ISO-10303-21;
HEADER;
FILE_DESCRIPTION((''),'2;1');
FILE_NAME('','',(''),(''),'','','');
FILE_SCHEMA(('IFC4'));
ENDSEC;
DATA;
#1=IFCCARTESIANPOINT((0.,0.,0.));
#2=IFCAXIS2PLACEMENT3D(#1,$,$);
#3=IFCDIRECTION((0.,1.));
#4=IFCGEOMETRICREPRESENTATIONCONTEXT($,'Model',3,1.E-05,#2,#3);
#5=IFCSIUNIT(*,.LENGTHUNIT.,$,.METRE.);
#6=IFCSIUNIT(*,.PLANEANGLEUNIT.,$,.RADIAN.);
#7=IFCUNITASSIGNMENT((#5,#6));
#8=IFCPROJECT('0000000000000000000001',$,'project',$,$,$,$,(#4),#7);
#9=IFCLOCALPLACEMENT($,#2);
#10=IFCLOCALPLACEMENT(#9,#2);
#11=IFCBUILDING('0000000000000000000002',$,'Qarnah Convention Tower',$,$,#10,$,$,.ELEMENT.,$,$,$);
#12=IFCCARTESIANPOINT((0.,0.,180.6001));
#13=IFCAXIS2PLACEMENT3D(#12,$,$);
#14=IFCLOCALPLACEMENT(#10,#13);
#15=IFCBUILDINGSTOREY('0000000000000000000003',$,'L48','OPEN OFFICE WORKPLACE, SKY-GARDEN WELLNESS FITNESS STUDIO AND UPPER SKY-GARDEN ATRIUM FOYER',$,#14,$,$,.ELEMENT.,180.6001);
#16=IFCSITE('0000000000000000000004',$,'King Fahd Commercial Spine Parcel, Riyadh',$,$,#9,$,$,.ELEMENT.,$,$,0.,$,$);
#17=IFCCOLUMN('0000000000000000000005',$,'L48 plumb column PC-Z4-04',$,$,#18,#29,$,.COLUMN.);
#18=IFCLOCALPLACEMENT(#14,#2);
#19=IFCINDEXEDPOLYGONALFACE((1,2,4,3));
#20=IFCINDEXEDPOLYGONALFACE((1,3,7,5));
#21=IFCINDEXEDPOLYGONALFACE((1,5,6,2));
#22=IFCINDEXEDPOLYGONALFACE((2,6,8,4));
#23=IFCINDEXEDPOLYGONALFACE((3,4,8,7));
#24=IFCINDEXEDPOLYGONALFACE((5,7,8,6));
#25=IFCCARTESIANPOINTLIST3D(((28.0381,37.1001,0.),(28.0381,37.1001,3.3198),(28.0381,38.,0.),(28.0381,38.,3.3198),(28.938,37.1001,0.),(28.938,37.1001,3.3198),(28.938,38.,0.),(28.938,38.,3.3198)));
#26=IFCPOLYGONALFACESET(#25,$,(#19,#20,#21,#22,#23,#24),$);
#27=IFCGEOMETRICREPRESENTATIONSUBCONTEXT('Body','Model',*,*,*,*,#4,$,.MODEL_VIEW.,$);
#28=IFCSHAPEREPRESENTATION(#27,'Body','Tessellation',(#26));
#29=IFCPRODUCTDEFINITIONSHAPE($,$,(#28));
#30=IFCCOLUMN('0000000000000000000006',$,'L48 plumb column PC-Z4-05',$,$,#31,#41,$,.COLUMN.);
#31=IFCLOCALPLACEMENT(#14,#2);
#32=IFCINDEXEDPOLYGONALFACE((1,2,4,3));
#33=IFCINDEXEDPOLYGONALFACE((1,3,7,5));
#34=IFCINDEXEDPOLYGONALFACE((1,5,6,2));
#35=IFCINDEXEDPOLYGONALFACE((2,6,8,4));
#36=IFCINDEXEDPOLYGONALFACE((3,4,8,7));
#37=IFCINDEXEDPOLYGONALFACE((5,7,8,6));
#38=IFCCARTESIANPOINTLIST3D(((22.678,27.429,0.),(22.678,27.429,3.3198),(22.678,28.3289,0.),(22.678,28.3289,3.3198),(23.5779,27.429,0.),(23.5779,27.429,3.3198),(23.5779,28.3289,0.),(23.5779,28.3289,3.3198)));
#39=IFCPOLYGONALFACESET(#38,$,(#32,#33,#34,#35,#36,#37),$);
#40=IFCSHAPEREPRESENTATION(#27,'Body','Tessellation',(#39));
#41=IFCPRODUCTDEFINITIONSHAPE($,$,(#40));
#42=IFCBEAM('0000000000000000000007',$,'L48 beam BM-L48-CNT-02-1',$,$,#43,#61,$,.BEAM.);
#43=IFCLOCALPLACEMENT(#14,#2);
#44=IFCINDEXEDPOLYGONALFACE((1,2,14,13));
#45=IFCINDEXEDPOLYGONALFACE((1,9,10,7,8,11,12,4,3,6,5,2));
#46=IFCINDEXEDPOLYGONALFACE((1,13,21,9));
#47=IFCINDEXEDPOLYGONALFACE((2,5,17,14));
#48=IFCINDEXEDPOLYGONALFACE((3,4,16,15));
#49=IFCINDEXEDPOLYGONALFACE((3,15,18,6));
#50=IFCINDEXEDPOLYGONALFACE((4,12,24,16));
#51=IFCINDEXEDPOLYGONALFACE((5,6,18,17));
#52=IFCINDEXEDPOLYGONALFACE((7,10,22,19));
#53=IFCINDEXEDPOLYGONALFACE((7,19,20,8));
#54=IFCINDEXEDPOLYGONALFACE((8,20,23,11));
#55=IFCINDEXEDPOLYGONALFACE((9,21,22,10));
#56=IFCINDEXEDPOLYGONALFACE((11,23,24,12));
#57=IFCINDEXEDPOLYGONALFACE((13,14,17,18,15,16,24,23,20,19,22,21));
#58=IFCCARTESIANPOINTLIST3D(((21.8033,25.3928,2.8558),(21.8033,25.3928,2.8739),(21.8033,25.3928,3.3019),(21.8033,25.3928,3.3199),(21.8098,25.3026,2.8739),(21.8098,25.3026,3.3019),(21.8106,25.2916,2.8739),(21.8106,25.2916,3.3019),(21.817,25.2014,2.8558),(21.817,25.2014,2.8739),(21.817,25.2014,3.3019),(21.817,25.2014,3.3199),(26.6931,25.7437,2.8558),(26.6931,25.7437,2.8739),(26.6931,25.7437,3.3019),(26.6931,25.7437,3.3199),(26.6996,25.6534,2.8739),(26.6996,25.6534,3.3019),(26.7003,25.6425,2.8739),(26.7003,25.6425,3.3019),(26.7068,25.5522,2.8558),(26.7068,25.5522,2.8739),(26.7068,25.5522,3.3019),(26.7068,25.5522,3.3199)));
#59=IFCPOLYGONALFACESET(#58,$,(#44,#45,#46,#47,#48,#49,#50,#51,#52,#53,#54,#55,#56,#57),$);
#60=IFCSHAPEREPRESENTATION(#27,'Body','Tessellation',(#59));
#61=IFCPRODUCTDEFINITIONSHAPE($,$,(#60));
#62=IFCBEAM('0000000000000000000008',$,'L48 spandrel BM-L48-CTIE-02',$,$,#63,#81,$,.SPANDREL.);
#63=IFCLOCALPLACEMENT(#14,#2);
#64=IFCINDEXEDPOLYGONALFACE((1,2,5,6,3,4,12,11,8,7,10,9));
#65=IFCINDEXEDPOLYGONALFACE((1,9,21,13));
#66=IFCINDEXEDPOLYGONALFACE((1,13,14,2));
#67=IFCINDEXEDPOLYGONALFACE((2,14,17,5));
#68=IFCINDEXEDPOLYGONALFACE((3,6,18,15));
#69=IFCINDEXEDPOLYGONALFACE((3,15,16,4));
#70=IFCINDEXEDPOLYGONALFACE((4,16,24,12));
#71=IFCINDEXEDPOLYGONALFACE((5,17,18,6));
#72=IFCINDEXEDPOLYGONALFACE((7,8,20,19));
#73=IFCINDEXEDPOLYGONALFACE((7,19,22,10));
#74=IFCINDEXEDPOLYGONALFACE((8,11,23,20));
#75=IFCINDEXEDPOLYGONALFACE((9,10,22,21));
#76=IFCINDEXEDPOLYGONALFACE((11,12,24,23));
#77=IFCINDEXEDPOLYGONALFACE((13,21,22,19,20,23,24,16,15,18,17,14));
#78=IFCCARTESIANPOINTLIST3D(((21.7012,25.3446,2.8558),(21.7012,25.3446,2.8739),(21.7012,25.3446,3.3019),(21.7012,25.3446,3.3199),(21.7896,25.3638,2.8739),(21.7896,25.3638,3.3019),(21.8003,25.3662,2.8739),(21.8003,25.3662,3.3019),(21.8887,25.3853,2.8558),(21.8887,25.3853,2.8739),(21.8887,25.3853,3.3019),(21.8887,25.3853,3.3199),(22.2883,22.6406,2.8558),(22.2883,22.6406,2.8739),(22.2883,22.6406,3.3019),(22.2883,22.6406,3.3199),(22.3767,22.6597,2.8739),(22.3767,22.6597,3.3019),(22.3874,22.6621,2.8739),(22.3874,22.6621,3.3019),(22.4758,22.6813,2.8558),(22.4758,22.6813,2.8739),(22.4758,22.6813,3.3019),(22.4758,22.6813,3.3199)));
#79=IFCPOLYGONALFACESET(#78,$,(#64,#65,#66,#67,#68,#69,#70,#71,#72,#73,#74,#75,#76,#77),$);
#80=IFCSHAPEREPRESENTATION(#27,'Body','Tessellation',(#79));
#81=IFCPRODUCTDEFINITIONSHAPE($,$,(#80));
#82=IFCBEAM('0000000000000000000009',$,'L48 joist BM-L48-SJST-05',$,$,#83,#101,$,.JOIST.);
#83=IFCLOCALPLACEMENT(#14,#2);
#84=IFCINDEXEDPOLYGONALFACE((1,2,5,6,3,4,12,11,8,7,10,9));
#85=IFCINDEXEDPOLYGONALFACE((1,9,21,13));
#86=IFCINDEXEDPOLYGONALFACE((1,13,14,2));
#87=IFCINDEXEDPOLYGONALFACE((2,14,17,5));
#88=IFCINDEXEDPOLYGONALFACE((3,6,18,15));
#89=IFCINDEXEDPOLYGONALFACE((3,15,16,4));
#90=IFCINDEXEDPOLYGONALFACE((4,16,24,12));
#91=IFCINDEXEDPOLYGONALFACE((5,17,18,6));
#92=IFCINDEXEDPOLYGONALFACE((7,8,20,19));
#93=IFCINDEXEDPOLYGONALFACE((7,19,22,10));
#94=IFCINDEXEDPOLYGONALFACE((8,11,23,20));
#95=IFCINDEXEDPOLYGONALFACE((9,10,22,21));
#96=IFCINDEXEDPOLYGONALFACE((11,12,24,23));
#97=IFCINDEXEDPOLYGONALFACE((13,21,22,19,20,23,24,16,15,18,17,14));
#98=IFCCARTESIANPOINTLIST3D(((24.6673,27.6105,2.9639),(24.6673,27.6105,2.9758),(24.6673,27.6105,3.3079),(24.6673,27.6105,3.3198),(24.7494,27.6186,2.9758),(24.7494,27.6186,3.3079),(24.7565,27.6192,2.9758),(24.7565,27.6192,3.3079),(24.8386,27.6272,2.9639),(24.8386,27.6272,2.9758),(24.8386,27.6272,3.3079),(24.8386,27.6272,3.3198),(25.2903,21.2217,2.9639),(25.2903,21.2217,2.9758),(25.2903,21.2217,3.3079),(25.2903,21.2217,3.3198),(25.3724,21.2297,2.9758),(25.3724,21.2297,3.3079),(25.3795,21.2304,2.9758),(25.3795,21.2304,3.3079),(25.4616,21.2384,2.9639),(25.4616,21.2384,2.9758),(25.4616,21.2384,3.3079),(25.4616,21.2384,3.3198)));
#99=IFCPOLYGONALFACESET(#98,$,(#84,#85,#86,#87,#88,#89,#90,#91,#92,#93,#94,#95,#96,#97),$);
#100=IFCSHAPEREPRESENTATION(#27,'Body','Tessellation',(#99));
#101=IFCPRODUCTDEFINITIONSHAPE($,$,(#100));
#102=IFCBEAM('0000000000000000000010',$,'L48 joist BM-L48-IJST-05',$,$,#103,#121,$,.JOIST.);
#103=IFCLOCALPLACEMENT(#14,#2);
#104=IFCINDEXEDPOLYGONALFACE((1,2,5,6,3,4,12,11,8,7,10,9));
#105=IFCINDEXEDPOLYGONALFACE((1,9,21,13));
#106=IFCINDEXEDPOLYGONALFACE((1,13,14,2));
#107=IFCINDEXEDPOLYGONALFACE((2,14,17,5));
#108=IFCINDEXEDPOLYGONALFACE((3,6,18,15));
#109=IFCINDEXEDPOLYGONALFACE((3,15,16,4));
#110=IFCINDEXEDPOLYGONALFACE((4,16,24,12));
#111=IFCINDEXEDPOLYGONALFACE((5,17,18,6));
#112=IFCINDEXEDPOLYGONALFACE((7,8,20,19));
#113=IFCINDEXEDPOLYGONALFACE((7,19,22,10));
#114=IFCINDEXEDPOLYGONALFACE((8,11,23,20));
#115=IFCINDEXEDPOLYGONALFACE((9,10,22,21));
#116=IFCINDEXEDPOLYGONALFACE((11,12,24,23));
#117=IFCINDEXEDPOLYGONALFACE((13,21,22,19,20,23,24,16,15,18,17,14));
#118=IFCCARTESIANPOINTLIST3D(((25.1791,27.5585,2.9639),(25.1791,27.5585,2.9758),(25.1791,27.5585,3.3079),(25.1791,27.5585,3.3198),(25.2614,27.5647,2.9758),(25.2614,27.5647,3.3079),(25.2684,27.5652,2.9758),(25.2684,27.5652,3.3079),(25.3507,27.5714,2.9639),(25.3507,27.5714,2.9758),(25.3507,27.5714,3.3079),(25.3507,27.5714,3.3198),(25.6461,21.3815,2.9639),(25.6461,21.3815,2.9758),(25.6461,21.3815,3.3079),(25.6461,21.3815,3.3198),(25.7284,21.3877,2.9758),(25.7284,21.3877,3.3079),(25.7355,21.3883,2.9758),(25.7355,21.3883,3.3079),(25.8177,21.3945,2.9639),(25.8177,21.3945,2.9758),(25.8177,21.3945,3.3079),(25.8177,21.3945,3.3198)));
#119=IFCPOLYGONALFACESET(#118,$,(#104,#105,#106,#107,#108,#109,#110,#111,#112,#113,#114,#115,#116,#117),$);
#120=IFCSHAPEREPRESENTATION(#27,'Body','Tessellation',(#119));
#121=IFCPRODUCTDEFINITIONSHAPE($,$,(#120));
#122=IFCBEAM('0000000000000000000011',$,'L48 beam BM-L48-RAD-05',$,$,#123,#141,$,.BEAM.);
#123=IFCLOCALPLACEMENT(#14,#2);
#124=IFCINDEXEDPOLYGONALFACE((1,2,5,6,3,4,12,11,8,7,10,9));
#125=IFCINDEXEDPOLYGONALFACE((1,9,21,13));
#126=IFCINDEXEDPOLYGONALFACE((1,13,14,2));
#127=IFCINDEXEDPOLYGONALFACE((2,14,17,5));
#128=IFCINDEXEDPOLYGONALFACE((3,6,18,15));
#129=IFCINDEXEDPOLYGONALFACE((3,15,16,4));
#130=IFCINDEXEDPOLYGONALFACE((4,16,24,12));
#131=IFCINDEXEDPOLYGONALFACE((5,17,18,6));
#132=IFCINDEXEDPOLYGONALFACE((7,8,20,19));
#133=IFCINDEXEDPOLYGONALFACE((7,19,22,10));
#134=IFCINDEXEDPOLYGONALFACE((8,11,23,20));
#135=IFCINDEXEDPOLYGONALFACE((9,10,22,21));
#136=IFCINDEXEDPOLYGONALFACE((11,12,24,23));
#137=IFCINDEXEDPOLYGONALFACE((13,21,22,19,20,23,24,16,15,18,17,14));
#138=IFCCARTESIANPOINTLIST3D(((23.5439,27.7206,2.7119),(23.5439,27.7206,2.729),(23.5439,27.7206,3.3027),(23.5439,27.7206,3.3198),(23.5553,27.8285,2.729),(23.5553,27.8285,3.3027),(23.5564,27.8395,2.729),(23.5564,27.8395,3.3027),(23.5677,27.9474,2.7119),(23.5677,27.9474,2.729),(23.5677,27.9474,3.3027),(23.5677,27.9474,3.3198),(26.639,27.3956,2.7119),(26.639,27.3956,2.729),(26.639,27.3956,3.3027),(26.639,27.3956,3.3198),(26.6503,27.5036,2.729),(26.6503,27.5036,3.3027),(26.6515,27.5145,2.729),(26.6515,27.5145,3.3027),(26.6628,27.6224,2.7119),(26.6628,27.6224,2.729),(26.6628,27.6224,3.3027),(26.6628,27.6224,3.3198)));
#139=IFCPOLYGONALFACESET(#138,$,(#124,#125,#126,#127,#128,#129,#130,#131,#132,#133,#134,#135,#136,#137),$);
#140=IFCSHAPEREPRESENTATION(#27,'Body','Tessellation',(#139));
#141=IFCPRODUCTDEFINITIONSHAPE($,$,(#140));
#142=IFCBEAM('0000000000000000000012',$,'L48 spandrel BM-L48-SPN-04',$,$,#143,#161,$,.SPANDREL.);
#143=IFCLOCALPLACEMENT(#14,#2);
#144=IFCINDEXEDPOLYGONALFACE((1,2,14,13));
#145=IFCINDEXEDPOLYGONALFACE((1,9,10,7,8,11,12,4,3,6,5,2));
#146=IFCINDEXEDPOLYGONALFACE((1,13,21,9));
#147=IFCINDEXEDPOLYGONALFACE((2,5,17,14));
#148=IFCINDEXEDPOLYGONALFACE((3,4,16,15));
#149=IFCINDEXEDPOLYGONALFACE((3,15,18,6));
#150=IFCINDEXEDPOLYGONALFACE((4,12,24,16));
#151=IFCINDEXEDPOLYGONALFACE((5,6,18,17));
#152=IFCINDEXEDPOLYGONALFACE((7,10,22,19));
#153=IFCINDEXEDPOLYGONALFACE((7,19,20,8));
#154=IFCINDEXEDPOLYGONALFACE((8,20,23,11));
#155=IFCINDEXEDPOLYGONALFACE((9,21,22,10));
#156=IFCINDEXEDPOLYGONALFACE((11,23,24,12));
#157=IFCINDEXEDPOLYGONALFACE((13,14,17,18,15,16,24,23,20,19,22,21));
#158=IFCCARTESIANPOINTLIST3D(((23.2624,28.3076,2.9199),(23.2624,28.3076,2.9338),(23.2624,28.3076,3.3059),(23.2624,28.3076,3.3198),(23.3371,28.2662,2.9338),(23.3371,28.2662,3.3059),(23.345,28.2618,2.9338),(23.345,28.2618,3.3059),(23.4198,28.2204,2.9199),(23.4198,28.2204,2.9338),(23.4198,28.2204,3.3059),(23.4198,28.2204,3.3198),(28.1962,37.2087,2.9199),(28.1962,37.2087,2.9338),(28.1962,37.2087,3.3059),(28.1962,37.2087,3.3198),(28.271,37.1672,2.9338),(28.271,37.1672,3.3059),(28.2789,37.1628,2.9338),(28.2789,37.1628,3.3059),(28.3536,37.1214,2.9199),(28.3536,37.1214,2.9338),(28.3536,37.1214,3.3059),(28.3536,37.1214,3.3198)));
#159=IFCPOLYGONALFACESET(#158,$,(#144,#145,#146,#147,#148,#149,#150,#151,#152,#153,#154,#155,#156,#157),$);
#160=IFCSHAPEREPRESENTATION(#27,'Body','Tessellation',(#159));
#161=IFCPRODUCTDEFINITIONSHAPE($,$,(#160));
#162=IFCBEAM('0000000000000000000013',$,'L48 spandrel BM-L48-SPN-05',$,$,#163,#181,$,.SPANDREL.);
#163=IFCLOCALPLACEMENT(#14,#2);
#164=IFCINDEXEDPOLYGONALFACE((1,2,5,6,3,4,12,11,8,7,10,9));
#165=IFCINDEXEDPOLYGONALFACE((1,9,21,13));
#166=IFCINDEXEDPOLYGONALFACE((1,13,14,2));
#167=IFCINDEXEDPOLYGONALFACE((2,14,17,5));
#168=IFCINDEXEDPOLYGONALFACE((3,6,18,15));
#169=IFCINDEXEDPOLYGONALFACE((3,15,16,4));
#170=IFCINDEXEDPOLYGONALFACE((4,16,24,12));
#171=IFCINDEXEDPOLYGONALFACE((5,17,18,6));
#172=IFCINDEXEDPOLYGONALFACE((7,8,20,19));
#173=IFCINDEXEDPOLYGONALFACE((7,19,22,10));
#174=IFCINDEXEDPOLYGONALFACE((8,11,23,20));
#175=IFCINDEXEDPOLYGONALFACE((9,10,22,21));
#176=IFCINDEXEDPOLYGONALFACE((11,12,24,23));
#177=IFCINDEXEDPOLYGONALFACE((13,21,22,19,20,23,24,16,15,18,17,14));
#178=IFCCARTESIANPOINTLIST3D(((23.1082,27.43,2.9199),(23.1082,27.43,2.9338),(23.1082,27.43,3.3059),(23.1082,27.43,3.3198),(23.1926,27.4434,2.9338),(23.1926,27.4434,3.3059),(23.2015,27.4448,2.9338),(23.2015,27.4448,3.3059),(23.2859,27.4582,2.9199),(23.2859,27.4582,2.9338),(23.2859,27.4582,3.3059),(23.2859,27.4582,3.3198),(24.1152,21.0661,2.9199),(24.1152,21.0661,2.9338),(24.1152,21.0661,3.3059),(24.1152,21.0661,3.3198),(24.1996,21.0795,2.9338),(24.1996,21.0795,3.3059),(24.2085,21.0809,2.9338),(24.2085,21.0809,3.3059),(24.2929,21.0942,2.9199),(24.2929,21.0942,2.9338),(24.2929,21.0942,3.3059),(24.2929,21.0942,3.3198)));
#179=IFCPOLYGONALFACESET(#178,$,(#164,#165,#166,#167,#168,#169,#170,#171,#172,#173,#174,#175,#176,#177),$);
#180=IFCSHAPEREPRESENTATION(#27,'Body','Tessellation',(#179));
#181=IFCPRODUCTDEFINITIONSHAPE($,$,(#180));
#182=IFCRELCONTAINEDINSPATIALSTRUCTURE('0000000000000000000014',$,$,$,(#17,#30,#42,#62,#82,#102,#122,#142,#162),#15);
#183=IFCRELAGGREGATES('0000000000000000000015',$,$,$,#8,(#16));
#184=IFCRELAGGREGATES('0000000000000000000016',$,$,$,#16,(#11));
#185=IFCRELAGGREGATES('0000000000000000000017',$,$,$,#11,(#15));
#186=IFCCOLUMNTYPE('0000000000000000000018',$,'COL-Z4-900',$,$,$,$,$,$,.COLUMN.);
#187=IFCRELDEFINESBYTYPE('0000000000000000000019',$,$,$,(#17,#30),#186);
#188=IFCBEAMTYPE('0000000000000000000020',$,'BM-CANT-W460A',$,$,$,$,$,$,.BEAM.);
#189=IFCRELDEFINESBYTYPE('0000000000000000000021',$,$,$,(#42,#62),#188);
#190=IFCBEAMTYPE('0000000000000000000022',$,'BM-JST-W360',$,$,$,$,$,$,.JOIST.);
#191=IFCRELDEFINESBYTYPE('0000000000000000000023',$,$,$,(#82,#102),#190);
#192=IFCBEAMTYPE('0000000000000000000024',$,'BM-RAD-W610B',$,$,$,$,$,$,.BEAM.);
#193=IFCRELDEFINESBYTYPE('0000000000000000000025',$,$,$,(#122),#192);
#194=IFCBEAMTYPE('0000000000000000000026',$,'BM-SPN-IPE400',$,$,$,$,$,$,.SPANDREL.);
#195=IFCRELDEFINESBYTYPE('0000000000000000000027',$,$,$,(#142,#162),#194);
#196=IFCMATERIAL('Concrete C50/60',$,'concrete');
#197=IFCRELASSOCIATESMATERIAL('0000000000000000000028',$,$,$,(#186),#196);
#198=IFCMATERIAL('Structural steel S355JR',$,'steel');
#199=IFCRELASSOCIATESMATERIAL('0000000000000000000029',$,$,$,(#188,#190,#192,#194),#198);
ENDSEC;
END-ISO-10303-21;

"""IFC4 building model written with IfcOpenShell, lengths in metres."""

from ifc_helpers import new_model, si_unit, direction, frame, origin, origin_2d, place, context, subcontext, project, spatial, rectangle, i_section, extrude, material, material_profile, profile_set, type_object, element, save


model = new_model("IFC4")

# Units and contexts
model_context = context("Model", 3, precision=1e-05, world=origin(), true_north=direction((0.0, 1.0)))
body_context = subcontext(model_context, "Body", "Model", "MODEL_VIEW")
ifc_project = project(units=[si_unit("LENGTHUNIT", "METRE"), si_unit("PLANEANGLEUNIT", "RADIAN")], contexts=[model_context])

# Site, building, storey
site_placement = place(None, origin())
site = spatial("IfcSite", under=ifc_project, at=site_placement, Name="King Fahd Commercial Spine Parcel, Riyadh", CompositionType="ELEMENT", RefElevation=0.0)
building_placement = place(site_placement, origin())
building = spatial("IfcBuilding", under=site, at=building_placement, Name="Qarnah Convention Tower", CompositionType="ELEMENT")
storey_placement = place(building_placement, frame((0.0, 0.0, 180.6001)))
storey = spatial("IfcBuildingStorey", under=building, at=storey_placement, Name="L48", Description="OPEN OFFICE WORKPLACE, SKY-GARDEN WELLNESS FITNESS STUDIO AND UPPER SKY-GARDEN ATRIUM FOYER", CompositionType="ELEMENT", Elevation=180.6001)

# Columns
ifc_material_1 = material(Name="Concrete C50/60", Category="concrete")
ifc_material_profile_1 = material_profile(ifc_material_1, rectangle(XDim=0.8999, YDim=0.8999, at=origin_2d()), Name="RC-COL-900X900")
ifc_profile_set_1 = profile_set([ifc_material_profile_1], Name="Concrete C50/60")
column_type = type_object("IfcColumnType", Name="COL-Z4-900", PredefinedType="COLUMN", material=ifc_profile_set_1)
for number, where, z_axis, x_axis, name in (
    (1, (28.488, 37.55, 0.0), (0.0, 0.0, 1.0), (1.0, 0.0, 0.0), "L48 plumb column PC-Z4-04"),
    (2, (23.1279, 27.8789, 0.0), (0.0, 0.0, 1.0), (1.0, 0.0, 0.0), "L48 plumb column PC-Z4-05"),
):
    element("IfcColumn", number, at=place(storey_placement, frame(where, z_axis=z_axis, x_axis=x_axis)), inside=storey, type_object=column_type, Name=name, PredefinedType="COLUMN", context=body_context, shape_type="SweptSolid", body=[
        extrude(rectangle(XDim=0.8999, YDim=0.8999, at=origin_2d()), origin(), (0.0, 0.0, 1.0), 3.3198),
    ])

# Beams
ifc_material_2 = material(Name="Structural steel S355JR", Category="steel")
ifc_material_profile_2 = material_profile(ifc_material_2, i_section(OverallWidth=0.1919, OverallDepth=0.4641, WebThickness=0.011, FlangeThickness=0.0181, at=origin_2d()), Name="W460X89")
ifc_profile_set_2 = profile_set([ifc_material_profile_2], Name="Structural steel S355JR")
beam_type_1 = type_object("IfcBeamType", Name="BM-CANT-W460A", PredefinedType="BEAM", material=ifc_profile_set_2)
beam_1_placement = place(storey_placement, frame((26.7, 25.6479, 3.0879), z_axis=(-0.997436, -0.071562, 0.0), x_axis=(0.071562, -0.997436, 0.0)))
element("IfcBeam", 3, at=beam_1_placement, inside=storey, type_object=beam_type_1, Name="L48 beam BM-L48-CNT-02-1", PredefinedType="BEAM", context=body_context, shape_type="SweptSolid", body=[
    extrude(i_section(OverallWidth=0.1919, OverallDepth=0.4641, WebThickness=0.011, FlangeThickness=0.0181, at=origin_2d()), origin(), (0.0, 0.0, 1.0), 4.9023),
])
beam_2_placement = place(storey_placement, frame((21.7949, 25.365, 3.0879), z_axis=(0.212192, -0.977228, 0.0), x_axis=(0.977228, 0.212192, 0.0)))
element("IfcBeam", 4, at=beam_2_placement, inside=storey, type_object=beam_type_1, Name="L48 spandrel BM-L48-CTIE-02", PredefinedType="SPANDREL", context=body_context, shape_type="SweptSolid", body=[
    extrude(i_section(OverallWidth=0.1919, OverallDepth=0.4641, WebThickness=0.011, FlangeThickness=0.0181, at=origin_2d()), origin(), (0.0, 0.0, 1.0), 2.7671),
])
ifc_material_profile_3 = material_profile(ifc_material_2, i_section(OverallWidth=0.1721, OverallDepth=0.356, WebThickness=0.0071, FlangeThickness=0.012, at=origin_2d()), Name="W360X51")
ifc_profile_set_3 = profile_set([ifc_material_profile_3], Name="Structural steel S355JR")
beam_type_2 = type_object("IfcBeamType", Name="BM-JST-W360", PredefinedType="JOIST", material=ifc_profile_set_3)
beam_3_placement = place(storey_placement, frame((24.7529, 27.6189, 3.1418), z_axis=(0.09706, -0.995279, 0.0), x_axis=(0.995279, 0.09706, 0.0)))
element("IfcBeam", 5, at=beam_3_placement, inside=storey, type_object=beam_type_2, Name="L48 joist BM-L48-SJST-05", PredefinedType="JOIST", context=body_context, shape_type="SweptSolid", body=[
    extrude(i_section(OverallWidth=0.1721, OverallDepth=0.356, WebThickness=0.0071, FlangeThickness=0.012, at=origin_2d()), origin(), (0.0, 0.0, 1.0), 6.4192),
])
beam_4_placement = place(storey_placement, frame((25.2649, 27.5649, 3.1418), z_axis=(0.075394, -0.997154, 0.0), x_axis=(0.997154, 0.075394, 0.0)))
element("IfcBeam", 6, at=beam_4_placement, inside=storey, type_object=beam_type_2, Name="L48 joist BM-L48-IJST-05", PredefinedType="JOIST", context=body_context, shape_type="SweptSolid", body=[
    extrude(i_section(OverallWidth=0.1721, OverallDepth=0.356, WebThickness=0.0071, FlangeThickness=0.012, at=origin_2d()), origin(), (0.0, 0.0, 1.0), 6.1946),
])
ifc_material_profile_4 = material_profile(ifc_material_2, i_section(OverallWidth=0.228, OverallDepth=0.6079, WebThickness=0.011, FlangeThickness=0.0171, at=origin_2d()), Name="W610X113")
ifc_profile_set_4 = profile_set([ifc_material_profile_4], Name="Structural steel S355JR")
beam_type_3 = type_object("IfcBeamType", Name="BM-RAD-W610B", PredefinedType="BEAM", material=ifc_profile_set_4)
beam_5_placement = place(storey_placement, frame((26.6509, 27.509, 3.0159), z_axis=(-0.994533, 0.104419, 0.0), x_axis=(-0.104419, -0.994533, 0.0)))
element("IfcBeam", 7, at=beam_5_placement, inside=storey, type_object=beam_type_3, Name="L48 beam BM-L48-RAD-05", PredefinedType="BEAM", context=body_context, shape_type="SweptSolid", body=[
    extrude(i_section(OverallWidth=0.228, OverallDepth=0.6079, WebThickness=0.011, FlangeThickness=0.0171, at=origin_2d()), origin(), (0.0, 0.0, 1.0), 3.1121),
])
ifc_material_profile_5 = material_profile(ifc_material_2, i_section(OverallWidth=0.1799, OverallDepth=0.3999, WebThickness=0.009, FlangeThickness=0.0139, at=origin_2d()), Name="IPE400")
ifc_profile_set_5 = profile_set([ifc_material_profile_5], Name="Structural steel S355JR")
beam_type_4 = type_object("IfcBeamType", Name="BM-SPN-IPE400", PredefinedType="SPANDREL", material=ifc_profile_set_5)
beam_6_placement = place(storey_placement, frame((28.2749, 37.165, 3.1199), z_axis=(-0.484799, -0.874625, 0.0), x_axis=(0.874625, -0.484799, 0.0)))
element("IfcBeam", 8, at=beam_6_placement, inside=storey, type_object=beam_type_4, Name="L48 spandrel BM-L48-SPN-04", PredefinedType="SPANDREL", context=body_context, shape_type="SweptSolid", body=[
    extrude(i_section(OverallWidth=0.1799, OverallDepth=0.3999, WebThickness=0.009, FlangeThickness=0.0139, at=origin_2d()), origin(), (0.0, 0.0, 1.0), 10.177),
])
beam_7_placement = place(storey_placement, frame((23.197, 27.4441, 3.1199), z_axis=(0.156301, -0.987709, 0.0), x_axis=(0.987709, 0.156301, 0.0)))
element("IfcBeam", 9, at=beam_7_placement, inside=storey, type_object=beam_type_4, Name="L48 spandrel BM-L48-SPN-05", PredefinedType="SPANDREL", context=body_context, shape_type="SweptSolid", body=[
    extrude(i_section(OverallWidth=0.1799, OverallDepth=0.3999, WebThickness=0.009, FlangeThickness=0.0139, at=origin_2d()), origin(), (0.0, 0.0, 1.0), 6.4431),
])

save(model, "model.ifc")
